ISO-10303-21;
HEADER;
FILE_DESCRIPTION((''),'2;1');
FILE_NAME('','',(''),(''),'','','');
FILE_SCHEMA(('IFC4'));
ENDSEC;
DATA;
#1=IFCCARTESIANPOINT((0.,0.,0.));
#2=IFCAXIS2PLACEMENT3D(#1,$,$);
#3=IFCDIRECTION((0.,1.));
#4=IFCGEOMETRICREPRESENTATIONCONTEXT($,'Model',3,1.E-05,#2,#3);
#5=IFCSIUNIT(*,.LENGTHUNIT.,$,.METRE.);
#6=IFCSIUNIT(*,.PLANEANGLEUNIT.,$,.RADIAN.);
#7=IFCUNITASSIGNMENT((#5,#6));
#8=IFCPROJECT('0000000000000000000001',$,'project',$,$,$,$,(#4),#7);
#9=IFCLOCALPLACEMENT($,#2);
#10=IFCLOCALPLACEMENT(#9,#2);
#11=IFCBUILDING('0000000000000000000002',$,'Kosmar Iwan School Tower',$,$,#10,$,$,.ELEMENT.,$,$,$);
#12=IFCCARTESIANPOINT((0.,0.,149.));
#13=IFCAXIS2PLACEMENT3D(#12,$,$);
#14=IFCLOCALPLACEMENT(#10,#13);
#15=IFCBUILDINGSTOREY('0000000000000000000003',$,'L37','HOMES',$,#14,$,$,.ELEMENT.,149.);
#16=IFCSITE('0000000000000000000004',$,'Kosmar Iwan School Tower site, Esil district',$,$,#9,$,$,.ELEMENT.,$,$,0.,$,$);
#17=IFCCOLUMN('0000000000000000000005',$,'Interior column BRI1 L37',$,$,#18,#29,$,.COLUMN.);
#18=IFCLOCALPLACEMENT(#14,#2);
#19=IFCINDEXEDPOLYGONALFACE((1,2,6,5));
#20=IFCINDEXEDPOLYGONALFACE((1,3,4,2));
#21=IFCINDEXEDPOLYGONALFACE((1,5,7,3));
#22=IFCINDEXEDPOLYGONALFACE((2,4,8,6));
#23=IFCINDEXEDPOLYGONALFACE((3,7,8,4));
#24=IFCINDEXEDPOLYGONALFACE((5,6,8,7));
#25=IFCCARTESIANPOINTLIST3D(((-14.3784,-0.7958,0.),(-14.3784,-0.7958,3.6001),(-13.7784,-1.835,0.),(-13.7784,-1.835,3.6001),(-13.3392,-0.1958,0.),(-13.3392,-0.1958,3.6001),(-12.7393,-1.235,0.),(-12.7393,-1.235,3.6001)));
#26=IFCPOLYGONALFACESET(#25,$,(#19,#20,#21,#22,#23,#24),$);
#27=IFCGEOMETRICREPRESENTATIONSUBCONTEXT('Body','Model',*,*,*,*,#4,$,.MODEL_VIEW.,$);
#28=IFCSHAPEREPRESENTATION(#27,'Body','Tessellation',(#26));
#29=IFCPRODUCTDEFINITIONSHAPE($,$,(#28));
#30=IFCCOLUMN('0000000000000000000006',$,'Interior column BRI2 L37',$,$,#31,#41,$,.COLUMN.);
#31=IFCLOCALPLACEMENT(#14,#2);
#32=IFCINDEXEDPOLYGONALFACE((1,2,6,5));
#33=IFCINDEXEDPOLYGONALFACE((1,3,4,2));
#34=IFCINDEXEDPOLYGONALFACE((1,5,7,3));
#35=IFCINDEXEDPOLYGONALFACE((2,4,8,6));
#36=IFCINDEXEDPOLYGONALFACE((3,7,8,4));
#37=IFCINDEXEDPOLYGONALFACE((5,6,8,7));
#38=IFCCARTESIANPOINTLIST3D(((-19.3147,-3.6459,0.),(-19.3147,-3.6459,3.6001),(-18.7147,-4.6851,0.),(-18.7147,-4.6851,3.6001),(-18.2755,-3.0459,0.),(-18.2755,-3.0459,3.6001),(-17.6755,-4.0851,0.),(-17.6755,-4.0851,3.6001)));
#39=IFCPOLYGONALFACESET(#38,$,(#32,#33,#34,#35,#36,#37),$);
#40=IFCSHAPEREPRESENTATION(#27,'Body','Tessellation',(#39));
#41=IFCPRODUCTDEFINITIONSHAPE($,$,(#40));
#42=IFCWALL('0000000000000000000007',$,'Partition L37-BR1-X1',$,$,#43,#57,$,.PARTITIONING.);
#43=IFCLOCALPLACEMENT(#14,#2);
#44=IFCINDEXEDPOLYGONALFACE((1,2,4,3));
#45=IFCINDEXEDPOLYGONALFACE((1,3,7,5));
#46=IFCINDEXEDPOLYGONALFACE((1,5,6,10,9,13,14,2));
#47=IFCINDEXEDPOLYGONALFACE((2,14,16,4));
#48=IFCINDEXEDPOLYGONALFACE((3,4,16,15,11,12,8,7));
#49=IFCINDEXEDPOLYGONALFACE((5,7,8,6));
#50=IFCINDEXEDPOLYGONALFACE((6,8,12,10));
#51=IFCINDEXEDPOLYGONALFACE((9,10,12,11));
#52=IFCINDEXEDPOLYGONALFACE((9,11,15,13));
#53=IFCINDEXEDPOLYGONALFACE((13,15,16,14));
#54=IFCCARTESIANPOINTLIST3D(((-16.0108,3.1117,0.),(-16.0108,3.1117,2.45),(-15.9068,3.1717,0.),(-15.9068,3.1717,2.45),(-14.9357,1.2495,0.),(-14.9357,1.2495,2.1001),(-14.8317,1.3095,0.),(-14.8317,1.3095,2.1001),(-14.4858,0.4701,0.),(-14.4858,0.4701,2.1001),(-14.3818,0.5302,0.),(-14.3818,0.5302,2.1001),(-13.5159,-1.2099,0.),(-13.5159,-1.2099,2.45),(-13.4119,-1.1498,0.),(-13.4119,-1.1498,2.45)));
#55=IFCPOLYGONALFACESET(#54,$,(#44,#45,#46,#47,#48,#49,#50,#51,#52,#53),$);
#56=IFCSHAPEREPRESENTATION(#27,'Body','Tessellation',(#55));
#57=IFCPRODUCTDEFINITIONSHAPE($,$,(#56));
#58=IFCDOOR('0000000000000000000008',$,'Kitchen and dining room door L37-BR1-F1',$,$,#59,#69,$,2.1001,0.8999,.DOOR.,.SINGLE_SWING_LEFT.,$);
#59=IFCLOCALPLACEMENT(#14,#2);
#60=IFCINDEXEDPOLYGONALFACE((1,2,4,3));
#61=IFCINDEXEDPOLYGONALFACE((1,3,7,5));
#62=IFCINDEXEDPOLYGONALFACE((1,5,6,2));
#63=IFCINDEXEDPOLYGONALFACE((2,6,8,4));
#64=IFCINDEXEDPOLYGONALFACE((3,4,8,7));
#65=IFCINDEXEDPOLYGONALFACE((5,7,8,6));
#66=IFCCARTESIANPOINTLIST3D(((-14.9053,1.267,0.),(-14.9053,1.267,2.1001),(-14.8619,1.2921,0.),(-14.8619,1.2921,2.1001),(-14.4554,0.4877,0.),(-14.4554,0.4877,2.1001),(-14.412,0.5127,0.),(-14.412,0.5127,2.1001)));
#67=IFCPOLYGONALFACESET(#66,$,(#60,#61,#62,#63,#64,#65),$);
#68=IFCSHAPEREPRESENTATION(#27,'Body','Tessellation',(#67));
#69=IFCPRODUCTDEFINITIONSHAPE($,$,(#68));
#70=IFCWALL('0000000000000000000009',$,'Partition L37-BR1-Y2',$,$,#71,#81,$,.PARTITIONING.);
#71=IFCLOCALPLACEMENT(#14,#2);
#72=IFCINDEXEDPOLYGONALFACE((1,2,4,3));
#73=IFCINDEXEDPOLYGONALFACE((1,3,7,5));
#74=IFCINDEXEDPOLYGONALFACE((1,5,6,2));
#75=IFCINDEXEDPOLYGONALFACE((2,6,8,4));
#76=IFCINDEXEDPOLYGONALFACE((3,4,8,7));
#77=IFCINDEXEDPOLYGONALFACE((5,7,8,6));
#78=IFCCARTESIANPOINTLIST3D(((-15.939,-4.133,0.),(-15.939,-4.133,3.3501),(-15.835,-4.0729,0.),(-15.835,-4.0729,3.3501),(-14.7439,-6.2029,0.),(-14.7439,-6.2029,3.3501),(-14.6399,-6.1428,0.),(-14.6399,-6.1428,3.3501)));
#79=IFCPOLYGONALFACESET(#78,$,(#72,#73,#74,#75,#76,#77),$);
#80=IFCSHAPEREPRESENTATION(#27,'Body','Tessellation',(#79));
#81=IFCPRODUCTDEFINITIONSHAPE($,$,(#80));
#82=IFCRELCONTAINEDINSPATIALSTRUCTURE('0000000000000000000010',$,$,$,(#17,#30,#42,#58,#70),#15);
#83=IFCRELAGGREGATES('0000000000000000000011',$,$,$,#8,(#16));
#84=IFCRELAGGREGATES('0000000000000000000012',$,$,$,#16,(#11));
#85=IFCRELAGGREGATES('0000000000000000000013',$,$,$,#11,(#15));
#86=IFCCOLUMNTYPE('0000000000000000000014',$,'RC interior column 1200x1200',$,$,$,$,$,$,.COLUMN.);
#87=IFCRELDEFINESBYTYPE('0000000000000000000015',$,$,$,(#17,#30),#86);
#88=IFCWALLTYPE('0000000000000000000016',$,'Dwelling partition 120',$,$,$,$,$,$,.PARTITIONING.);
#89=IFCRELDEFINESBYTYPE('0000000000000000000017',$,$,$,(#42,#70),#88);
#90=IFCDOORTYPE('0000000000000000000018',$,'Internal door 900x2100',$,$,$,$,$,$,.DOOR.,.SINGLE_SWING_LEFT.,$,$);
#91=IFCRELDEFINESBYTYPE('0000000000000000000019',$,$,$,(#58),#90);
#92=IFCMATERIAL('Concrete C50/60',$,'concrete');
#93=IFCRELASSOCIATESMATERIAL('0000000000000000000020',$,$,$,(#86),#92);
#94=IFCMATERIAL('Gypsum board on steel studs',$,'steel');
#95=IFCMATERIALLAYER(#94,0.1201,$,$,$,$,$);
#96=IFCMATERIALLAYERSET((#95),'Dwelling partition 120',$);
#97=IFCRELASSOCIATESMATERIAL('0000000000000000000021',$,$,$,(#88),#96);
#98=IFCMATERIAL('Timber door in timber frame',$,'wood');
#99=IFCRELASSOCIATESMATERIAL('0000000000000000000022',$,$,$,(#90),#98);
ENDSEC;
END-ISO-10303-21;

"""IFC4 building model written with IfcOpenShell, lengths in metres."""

from ifc_helpers import new_model, si_unit, direction, frame, frame_2d, origin, origin_2d, place, context, subcontext, project, spatial, rectangle, extrude, material, layer, layer_set, material_profile, profile_set, type_object, element, fill, save


model = new_model("IFC4")

# Units and contexts
model_context = context("Model", 3, precision=1e-05, world=origin(), true_north=direction((0.0, 1.0)))
body_context = subcontext(model_context, "Body", "Model", "MODEL_VIEW")
ifc_project = project(units=[si_unit("LENGTHUNIT", "METRE"), si_unit("PLANEANGLEUNIT", "RADIAN")], contexts=[model_context])

# Site, building, storey
site_placement = place(None, origin())
site = spatial("IfcSite", under=ifc_project, at=site_placement, Name="Kosmar Iwan School Tower site, Esil district", CompositionType="ELEMENT", RefElevation=0.0)
building_placement = place(site_placement, origin())
building = spatial("IfcBuilding", under=site, at=building_placement, Name="Kosmar Iwan School Tower", CompositionType="ELEMENT")
storey_placement = place(building_placement, frame((0.0, 0.0, 149.0)))
storey = spatial("IfcBuildingStorey", under=building, at=storey_placement, Name="L37", Description="HOMES", CompositionType="ELEMENT", Elevation=149.0)

# Columns
ifc_material_1 = material(Name="Concrete C50/60", Category="concrete")
ifc_material_profile = material_profile(ifc_material_1, rectangle(XDim=1.2, YDim=1.2, at=origin_2d()), Name="RC 1200x1200")
ifc_profile_set = profile_set([ifc_material_profile], Name="Concrete C50/60")
column_type = type_object("IfcColumnType", Name="RC interior column 1200x1200", PredefinedType="COLUMN", material=ifc_profile_set)
for number, where, z_axis, x_axis, name in (
    (1, (-13.5588, -1.0154, 0.0), (0.0, 0.0, 1.0), (-0.866025, -0.5, 0.0), "Interior column BRI1 L37"),
    (2, (-18.4951, -3.8655, 0.0), (0.0, 0.0, 1.0), (-0.866025, -0.5, 0.0), "Interior column BRI2 L37"),
):
    element("IfcColumn", number, at=place(storey_placement, frame(where, z_axis=z_axis, x_axis=x_axis)), inside=storey, type_object=column_type, Name=name, PredefinedType="COLUMN", context=body_context, shape_type="SweptSolid", body=[
        extrude(rectangle(XDim=1.2, YDim=1.2, at=origin_2d()), origin(), (0.0, 0.0, 1.0), 3.6001),
    ])

# Wall, opening, door
ifc_material_2 = material(Name="Gypsum board on steel studs", Category="steel")
ifc_layer = layer(ifc_material_2, 0.1201)
ifc_layer_set = layer_set([ifc_layer], Name="Dwelling partition 120")
wall_type = type_object("IfcWallType", Name="Dwelling partition 120", PredefinedType="PARTITIONING", material=ifc_layer_set)
wall_1_placement = place(storey_placement, frame((-13.4639, -1.1799, 0.0), z_axis=(0.0, 0.0, 1.0), x_axis=(-0.499975, 0.86604, 0.0)))
wall_1 = element("IfcWall", 3, at=wall_1_placement, inside=storey, type_object=wall_type, Name="Partition L37-BR1-X1", PredefinedType="PARTITIONING", context=body_context, shape_type="SweptSolid", body=[
    extrude(rectangle(XDim=4.99, YDim=0.1201, at=frame_2d((2.4951, 0.0))), origin(), (0.0, 0.0, 1.0), 2.45),
])
opening_1_placement = place(wall_1_placement, frame((1.9399, 0.0, 0.0)))
opening_1 = element("IfcOpeningElement", 4, at=opening_1_placement, cuts=wall_1, PredefinedType="OPENING", context=body_context, shape_type="SweptSolid", body=[
    extrude(rectangle(XDim=0.8999, YDim=2.1001, at=frame_2d((0.45, 1.05))), frame((0.0, 0.072, 0.0), z_axis=(0.0, -1.0, 0.0), x_axis=(1.0, 0.0, 0.0)), (0.0, 0.0, 1.0), 0.144),
])
ifc_material_3 = material(Name="Timber door in timber frame", Category="wood")
door_type_1 = type_object("IfcDoorType", Name="Internal door 900x2100", OperationType="SINGLE_SWING_LEFT", PredefinedType="DOOR", material=ifc_material_3)
door_1_placement = place(opening_1_placement, origin())
door_1 = element("IfcDoor", 5, at=door_1_placement, inside=storey, type_object=door_type_1, Name="Kitchen and dining room door L37-BR1-F1", OperationType="SINGLE_SWING_LEFT", OverallHeight=2.1001, OverallWidth=0.8999, PredefinedType="DOOR", context=body_context, shape_type="SweptSolid", body=[
    extrude(rectangle(XDim=0.8999, YDim=2.1001, at=frame_2d((0.45, 1.05))), frame((0.0, 0.0249, 0.0), z_axis=(0.0, -1.0, 0.0), x_axis=(1.0, 0.0, 0.0)), (0.0, 0.0, 1.0), 0.05),
])
fill(opening_1, door_1)

# Wall
wall_2_placement = place(storey_placement, frame((-14.6919, -6.1729, 0.0), z_axis=(0.0, 0.0, 1.0), x_axis=(-0.500017, 0.866015, 0.0)))
element("IfcWall", 6, at=wall_2_placement, inside=storey, type_object=wall_type, Name="Partition L37-BR1-Y2", PredefinedType="PARTITIONING", context=body_context, shape_type="SweptSolid", body=[
    extrude(rectangle(XDim=2.3901, YDim=0.1201, at=frame_2d((1.1951, 0.0))), origin(), (0.0, 0.0, 1.0), 3.3501),
])

save(model, "model.ifc")
